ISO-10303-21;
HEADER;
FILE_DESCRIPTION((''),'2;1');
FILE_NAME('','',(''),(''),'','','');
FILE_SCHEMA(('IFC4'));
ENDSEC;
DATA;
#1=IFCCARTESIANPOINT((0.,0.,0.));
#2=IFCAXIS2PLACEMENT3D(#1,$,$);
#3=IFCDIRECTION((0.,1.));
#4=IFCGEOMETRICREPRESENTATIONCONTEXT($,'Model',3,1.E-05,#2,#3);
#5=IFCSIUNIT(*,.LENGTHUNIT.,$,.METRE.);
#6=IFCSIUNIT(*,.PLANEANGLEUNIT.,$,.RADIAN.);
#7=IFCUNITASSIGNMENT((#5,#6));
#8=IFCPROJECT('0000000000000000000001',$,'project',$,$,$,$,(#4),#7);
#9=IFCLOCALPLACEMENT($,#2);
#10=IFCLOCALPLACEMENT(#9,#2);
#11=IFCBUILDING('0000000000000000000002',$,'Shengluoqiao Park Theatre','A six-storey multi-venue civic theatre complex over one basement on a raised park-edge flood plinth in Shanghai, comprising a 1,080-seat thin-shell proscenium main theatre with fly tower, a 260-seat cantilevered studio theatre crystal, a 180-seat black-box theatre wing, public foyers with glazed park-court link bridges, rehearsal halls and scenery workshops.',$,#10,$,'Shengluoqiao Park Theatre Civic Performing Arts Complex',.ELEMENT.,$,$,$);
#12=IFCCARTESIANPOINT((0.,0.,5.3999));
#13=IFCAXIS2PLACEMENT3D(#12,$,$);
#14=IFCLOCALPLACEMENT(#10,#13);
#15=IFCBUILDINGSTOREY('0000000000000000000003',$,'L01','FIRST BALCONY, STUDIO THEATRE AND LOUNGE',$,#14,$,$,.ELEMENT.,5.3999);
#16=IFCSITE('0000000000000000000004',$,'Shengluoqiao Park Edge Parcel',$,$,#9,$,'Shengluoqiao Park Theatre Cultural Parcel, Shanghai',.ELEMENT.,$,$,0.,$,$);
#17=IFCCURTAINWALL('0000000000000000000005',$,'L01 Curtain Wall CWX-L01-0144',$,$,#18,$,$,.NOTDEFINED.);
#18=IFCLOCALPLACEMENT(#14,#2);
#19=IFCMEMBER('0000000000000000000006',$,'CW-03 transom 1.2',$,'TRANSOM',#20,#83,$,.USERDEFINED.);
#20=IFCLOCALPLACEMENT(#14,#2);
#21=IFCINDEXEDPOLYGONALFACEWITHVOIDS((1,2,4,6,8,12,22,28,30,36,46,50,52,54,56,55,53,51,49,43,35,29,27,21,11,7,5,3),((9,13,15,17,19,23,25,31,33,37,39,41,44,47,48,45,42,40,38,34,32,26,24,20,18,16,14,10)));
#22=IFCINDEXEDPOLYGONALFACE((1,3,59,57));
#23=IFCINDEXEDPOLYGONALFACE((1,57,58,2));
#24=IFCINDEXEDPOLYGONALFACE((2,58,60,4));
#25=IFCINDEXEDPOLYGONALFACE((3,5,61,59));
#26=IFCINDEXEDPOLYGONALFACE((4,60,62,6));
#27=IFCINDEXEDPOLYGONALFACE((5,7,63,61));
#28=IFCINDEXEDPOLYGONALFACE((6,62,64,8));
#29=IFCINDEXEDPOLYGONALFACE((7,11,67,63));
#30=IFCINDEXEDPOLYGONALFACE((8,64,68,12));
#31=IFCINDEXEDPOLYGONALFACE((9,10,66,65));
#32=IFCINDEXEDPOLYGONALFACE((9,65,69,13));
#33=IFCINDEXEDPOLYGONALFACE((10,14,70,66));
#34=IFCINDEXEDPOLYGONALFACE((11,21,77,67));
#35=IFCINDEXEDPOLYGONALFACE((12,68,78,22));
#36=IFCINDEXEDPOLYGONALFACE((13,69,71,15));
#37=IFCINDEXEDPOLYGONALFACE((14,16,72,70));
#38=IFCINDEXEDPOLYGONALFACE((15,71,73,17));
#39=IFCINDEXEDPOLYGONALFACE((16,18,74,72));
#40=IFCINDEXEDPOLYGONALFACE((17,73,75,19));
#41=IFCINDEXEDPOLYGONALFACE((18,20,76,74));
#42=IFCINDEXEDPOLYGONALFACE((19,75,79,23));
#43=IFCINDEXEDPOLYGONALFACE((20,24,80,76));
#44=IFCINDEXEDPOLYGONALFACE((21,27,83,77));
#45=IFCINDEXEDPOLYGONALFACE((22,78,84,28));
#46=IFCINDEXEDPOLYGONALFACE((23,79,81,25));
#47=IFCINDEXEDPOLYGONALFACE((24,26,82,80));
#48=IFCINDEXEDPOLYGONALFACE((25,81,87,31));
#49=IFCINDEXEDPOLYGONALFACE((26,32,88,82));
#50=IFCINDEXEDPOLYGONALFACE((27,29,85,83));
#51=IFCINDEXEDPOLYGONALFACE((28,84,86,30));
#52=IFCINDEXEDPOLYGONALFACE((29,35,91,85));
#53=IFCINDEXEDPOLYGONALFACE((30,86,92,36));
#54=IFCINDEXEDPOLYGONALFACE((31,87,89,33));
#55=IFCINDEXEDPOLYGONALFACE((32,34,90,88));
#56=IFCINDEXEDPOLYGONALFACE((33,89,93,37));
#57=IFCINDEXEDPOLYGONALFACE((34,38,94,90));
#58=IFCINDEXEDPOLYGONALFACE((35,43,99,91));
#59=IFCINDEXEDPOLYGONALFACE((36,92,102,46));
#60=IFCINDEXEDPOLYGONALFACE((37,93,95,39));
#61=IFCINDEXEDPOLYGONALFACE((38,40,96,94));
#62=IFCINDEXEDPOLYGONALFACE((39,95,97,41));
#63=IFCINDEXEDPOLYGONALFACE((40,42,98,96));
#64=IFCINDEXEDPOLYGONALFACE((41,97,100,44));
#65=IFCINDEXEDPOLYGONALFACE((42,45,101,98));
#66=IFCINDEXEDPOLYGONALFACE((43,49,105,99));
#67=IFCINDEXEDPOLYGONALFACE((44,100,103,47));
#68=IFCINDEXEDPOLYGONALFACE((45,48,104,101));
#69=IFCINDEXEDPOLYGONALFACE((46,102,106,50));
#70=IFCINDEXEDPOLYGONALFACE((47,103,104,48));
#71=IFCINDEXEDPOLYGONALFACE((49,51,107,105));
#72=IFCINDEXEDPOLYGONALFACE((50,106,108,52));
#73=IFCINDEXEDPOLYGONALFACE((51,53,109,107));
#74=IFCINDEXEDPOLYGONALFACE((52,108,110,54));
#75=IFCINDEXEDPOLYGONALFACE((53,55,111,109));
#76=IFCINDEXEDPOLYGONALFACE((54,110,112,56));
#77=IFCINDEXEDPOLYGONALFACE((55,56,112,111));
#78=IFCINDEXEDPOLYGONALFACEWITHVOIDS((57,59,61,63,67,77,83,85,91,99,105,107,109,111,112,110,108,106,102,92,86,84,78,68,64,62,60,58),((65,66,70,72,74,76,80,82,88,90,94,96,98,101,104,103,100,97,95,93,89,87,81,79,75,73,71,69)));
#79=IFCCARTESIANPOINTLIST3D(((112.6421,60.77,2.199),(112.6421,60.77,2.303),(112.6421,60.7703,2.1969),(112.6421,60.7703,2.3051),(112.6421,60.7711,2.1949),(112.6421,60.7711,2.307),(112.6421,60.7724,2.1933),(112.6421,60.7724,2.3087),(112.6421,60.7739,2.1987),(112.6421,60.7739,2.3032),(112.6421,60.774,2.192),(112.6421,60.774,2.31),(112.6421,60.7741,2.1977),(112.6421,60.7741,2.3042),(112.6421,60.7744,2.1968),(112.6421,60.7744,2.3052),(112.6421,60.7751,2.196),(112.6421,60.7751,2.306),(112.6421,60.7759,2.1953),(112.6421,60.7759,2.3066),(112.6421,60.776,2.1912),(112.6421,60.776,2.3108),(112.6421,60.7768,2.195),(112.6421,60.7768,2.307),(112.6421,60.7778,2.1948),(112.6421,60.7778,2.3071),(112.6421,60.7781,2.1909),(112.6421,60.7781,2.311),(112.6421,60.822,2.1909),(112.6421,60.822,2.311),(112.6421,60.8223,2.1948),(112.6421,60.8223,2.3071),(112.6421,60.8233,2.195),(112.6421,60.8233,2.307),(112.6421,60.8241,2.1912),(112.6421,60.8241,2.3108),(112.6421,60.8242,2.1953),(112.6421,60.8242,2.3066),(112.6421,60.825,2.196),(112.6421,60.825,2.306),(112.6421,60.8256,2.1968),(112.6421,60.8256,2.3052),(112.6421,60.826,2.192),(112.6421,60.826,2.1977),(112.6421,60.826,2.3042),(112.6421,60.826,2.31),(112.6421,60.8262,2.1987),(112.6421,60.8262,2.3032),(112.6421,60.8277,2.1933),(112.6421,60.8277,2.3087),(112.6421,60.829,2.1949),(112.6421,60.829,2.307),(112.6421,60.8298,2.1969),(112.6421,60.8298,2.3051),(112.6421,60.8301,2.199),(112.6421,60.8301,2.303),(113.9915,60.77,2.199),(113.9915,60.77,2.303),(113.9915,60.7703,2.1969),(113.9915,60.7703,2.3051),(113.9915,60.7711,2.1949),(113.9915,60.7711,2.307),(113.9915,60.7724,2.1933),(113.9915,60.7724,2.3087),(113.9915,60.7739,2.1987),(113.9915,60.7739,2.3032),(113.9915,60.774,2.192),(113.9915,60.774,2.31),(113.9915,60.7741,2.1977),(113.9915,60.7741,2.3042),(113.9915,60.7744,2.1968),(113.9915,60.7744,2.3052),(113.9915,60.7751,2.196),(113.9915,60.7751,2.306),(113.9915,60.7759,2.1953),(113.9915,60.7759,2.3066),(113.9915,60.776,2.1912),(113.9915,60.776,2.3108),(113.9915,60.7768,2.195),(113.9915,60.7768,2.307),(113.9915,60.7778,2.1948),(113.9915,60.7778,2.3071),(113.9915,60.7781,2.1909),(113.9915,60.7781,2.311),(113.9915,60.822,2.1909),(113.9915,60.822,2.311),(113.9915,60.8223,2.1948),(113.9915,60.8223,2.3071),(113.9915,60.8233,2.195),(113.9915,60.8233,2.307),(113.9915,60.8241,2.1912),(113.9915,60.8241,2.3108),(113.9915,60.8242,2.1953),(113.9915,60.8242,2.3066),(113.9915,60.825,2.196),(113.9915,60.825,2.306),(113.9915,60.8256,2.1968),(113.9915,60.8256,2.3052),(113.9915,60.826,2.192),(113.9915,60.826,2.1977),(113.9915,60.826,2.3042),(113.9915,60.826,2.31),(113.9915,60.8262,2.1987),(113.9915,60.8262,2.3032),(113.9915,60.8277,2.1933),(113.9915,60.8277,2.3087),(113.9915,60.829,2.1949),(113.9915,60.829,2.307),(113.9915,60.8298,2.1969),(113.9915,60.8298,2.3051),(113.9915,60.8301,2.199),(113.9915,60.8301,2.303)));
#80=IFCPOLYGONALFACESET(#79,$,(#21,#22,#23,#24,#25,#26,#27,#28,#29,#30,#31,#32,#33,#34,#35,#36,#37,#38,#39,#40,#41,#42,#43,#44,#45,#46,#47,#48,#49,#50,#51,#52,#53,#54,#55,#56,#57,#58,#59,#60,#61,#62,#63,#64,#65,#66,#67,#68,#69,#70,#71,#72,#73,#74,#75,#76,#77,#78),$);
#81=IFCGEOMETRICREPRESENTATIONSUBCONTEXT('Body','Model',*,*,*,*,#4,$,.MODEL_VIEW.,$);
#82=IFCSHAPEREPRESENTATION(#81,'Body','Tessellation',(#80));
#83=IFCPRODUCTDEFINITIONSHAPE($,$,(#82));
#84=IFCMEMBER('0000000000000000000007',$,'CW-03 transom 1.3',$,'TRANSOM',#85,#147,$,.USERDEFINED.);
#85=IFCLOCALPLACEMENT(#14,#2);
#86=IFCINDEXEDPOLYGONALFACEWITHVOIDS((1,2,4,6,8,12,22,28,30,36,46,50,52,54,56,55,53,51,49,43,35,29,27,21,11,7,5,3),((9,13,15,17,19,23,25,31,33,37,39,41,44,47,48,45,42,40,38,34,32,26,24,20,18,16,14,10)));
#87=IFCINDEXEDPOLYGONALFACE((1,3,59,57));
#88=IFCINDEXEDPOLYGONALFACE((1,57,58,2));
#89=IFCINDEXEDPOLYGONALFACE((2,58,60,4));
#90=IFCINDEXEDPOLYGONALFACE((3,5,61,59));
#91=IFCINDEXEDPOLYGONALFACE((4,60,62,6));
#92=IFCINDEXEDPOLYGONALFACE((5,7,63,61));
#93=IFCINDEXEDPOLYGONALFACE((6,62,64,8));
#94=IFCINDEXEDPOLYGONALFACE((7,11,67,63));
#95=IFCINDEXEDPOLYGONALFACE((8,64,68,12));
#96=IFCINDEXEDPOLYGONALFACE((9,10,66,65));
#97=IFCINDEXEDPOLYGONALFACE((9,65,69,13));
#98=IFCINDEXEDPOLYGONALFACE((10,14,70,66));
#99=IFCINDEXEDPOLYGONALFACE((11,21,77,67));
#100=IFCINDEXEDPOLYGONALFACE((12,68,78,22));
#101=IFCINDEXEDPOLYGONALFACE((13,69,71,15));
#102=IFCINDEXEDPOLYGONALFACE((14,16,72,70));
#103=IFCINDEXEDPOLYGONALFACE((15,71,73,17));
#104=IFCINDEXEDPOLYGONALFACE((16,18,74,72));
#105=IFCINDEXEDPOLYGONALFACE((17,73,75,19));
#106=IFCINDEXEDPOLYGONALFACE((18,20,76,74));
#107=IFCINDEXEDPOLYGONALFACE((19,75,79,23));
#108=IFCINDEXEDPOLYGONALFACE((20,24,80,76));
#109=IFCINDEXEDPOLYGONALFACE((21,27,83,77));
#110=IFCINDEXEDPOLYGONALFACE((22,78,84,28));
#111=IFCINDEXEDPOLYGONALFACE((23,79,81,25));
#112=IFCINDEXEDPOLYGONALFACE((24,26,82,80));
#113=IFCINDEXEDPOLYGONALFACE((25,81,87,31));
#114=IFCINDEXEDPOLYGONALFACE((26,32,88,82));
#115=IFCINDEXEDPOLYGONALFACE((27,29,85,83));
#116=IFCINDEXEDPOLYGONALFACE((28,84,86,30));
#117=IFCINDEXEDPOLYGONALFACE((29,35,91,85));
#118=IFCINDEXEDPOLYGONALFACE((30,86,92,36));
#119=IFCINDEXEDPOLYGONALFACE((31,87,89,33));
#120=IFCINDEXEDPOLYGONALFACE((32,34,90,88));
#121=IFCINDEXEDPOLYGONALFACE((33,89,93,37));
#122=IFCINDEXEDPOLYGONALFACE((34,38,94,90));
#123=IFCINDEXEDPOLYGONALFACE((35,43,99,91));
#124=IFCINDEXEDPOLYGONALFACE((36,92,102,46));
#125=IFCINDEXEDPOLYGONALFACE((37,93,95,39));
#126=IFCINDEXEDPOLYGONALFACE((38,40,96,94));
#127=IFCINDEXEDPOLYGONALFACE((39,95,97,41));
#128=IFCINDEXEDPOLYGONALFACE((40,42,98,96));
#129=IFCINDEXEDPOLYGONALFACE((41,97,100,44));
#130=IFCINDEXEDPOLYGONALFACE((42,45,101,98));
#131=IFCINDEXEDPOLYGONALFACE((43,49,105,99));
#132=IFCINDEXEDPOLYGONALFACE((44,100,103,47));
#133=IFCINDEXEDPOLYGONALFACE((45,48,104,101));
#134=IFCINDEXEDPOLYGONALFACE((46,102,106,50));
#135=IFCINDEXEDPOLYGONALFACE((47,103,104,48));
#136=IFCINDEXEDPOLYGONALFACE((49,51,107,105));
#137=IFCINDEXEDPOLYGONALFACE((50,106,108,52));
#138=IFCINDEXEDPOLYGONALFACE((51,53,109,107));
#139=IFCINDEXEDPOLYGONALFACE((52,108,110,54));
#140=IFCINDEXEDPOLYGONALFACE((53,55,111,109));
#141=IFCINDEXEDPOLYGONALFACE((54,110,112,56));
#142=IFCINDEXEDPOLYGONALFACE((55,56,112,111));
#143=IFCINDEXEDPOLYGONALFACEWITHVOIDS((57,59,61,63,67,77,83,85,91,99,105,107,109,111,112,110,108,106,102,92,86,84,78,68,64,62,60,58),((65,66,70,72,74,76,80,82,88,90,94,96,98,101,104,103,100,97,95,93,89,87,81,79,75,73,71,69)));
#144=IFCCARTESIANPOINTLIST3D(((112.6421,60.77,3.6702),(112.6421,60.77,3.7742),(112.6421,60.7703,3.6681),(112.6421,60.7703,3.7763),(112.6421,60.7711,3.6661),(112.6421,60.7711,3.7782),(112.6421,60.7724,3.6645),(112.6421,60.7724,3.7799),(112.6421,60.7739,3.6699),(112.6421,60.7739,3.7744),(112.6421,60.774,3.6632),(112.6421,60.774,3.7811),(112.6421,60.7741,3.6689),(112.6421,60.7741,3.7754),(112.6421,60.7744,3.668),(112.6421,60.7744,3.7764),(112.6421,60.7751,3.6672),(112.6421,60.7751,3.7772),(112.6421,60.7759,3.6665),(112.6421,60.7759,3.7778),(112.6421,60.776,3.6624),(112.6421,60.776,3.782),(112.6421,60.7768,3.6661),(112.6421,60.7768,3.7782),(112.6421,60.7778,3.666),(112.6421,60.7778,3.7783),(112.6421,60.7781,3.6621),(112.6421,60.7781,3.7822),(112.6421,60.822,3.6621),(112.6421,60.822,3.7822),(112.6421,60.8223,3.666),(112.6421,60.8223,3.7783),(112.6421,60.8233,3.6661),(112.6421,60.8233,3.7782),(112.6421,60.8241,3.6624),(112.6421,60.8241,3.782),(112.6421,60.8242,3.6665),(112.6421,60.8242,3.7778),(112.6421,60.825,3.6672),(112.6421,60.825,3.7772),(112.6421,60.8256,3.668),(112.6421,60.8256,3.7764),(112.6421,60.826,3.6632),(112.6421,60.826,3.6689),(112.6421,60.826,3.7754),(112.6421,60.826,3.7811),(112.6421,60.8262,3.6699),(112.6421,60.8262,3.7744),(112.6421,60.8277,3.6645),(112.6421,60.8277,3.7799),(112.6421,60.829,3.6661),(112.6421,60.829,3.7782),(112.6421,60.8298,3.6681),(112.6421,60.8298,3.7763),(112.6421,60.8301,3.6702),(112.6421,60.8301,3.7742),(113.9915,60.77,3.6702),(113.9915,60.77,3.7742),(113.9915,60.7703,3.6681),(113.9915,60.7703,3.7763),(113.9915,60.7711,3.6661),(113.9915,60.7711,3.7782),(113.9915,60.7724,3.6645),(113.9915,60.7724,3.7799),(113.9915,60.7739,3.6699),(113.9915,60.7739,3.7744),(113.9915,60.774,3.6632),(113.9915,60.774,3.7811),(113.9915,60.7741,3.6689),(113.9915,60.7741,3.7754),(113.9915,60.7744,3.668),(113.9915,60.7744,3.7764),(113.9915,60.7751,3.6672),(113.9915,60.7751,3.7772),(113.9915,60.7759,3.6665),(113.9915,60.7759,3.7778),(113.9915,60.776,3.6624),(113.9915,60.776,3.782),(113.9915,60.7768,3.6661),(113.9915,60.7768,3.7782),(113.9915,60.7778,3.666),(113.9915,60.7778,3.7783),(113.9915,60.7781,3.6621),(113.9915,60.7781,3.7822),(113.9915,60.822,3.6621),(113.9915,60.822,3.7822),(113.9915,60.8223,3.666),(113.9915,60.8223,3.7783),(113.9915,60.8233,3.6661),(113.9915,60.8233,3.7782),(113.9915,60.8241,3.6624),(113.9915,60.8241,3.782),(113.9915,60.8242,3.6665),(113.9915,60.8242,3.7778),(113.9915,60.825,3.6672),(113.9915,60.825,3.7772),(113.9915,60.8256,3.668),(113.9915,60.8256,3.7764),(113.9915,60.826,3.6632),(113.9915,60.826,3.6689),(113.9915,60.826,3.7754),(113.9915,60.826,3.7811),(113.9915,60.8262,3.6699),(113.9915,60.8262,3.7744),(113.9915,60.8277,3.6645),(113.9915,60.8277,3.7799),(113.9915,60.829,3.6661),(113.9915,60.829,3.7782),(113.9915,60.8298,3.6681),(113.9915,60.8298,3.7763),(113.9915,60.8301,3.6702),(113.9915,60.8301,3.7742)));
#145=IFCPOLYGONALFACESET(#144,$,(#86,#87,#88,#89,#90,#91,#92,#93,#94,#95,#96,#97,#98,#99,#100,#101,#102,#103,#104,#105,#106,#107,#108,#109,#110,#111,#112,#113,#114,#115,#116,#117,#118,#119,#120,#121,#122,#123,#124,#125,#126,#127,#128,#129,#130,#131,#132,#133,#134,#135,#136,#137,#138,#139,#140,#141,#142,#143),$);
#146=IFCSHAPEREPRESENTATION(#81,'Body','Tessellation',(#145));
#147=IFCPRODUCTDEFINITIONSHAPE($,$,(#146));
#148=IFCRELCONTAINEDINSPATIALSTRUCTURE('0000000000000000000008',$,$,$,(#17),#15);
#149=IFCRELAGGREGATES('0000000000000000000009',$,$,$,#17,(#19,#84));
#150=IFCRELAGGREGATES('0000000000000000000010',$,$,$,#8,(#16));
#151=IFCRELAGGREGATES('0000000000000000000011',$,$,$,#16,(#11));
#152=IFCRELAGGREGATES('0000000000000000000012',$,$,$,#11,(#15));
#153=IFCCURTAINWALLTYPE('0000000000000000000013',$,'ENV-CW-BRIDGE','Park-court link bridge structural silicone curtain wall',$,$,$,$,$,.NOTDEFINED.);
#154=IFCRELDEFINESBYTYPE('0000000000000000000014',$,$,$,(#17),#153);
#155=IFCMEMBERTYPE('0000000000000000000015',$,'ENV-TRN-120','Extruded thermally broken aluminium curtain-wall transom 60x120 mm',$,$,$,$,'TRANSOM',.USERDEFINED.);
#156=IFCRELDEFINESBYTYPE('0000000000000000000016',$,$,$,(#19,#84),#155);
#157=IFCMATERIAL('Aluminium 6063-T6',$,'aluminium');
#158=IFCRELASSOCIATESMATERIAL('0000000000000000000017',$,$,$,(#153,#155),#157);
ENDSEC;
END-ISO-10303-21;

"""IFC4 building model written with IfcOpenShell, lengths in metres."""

from ifc_helpers import new_model, si_unit, direction, frame, origin, origin_2d, place, context, subcontext, project, spatial, hollow_rectangle, extrude, material, material_profile, profile_set, type_object, element, aggregate, save


model = new_model("IFC4")

# Units and contexts
model_context = context("Model", 3, precision=1e-05, world=origin(), true_north=direction((0.0, 1.0)))
body_context = subcontext(model_context, "Body", "Model", "MODEL_VIEW")
ifc_project = project(units=[si_unit("LENGTHUNIT", "METRE"), si_unit("PLANEANGLEUNIT", "RADIAN")], contexts=[model_context])

# Site, building, storey
site_placement = place(None, origin())
site = spatial("IfcSite", under=ifc_project, at=site_placement, Name="Shengluoqiao Park Edge Parcel", LongName="Shengluoqiao Park Theatre Cultural Parcel, Shanghai", CompositionType="ELEMENT", RefElevation=0.0)
building_placement = place(site_placement, origin())
building = spatial("IfcBuilding", under=site, at=building_placement, Name="Shengluoqiao Park Theatre", Description="A six-storey multi-venue civic theatre complex over one basement on a raised park-edge flood plinth in Shanghai, comprising a 1,080-seat thin-shell proscenium main theatre with fly tower, a 260-seat cantilevered studio theatre crystal, a 180-seat black-box theatre wing, public foyers with glazed park-court link bridges, rehearsal halls and scenery workshops.", LongName="Shengluoqiao Park Theatre Civic Performing Arts Complex", CompositionType="ELEMENT")
storey_placement = place(building_placement, frame((0.0, 0.0, 5.3999)))
storey = spatial("IfcBuildingStorey", under=building, at=storey_placement, Name="L01", Description="FIRST BALCONY, STUDIO THEATRE AND LOUNGE", CompositionType="ELEMENT", Elevation=5.3999)

# Curtain wall
ifc_material_1 = material(Name="Aluminium 6063-T6", Category="aluminium")
curtain_wall_type = type_object("IfcCurtainWallType", Name="ENV-CW-BRIDGE", Description="Park-court link bridge structural silicone curtain wall", PredefinedType="NOTDEFINED", material=ifc_material_1)
curtain_wall_1_placement = place(storey_placement, origin())
curtain_wall_1 = element("IfcCurtainWall", 1, at=curtain_wall_1_placement, inside=storey, type_object=curtain_wall_type, Name="L01 Curtain Wall CWX-L01-0144", PredefinedType="NOTDEFINED")

# Members
ifc_material_profile_1 = material_profile(ifc_material_1, hollow_rectangle(XDim=0.0601, YDim=0.1201, WallThickness=0.0039, InnerFilletRadius=0.0039, OuterFilletRadius=0.0081, at=origin_2d()), Name="ALU TRANSOM 120x60x4")
ifc_profile_set_1 = profile_set([ifc_material_profile_1], Name="Aluminium 6063-T6")
member_type_1 = type_object("IfcMemberType", Name="ENV-TRN-120", Description="Extruded thermally broken aluminium curtain-wall transom 60x120 mm", ElementType="TRANSOM", PredefinedType="USERDEFINED", material=ifc_profile_set_1)
member_1_placement = place(storey_placement, frame((112.6421, 60.8, 2.251), z_axis=(1.0, 0.0, 0.0), x_axis=(0.0, 1.0, 0.0)))
member_1 = element("IfcMember", 2, at=member_1_placement, type_object=member_type_1, Name="CW-03 transom 1.2", ObjectType="TRANSOM", PredefinedType="USERDEFINED", context=body_context, shape_type="SweptSolid", body=[
    extrude(hollow_rectangle(XDim=0.0601, YDim=0.1201, WallThickness=0.0039, InnerFilletRadius=0.0039, OuterFilletRadius=0.0081, at=origin_2d()), origin(), (0.0, 0.0, 1.0), 1.3494),
])
member_2_placement = place(storey_placement, frame((112.6421, 60.8, 3.7222), z_axis=(1.0, 0.0, 0.0), x_axis=(0.0, 1.0, 0.0)))
member_2 = element("IfcMember", 3, at=member_2_placement, type_object=member_type_1, Name="CW-03 transom 1.3", ObjectType="TRANSOM", PredefinedType="USERDEFINED", context=body_context, shape_type="SweptSolid", body=[
    extrude(hollow_rectangle(XDim=0.0601, YDim=0.1201, WallThickness=0.0039, InnerFilletRadius=0.0039, OuterFilletRadius=0.0081, at=origin_2d()), origin(), (0.0, 0.0, 1.0), 1.3494),
])

aggregate(curtain_wall_1, [member_1, member_2])

save(model, "model.ifc")
